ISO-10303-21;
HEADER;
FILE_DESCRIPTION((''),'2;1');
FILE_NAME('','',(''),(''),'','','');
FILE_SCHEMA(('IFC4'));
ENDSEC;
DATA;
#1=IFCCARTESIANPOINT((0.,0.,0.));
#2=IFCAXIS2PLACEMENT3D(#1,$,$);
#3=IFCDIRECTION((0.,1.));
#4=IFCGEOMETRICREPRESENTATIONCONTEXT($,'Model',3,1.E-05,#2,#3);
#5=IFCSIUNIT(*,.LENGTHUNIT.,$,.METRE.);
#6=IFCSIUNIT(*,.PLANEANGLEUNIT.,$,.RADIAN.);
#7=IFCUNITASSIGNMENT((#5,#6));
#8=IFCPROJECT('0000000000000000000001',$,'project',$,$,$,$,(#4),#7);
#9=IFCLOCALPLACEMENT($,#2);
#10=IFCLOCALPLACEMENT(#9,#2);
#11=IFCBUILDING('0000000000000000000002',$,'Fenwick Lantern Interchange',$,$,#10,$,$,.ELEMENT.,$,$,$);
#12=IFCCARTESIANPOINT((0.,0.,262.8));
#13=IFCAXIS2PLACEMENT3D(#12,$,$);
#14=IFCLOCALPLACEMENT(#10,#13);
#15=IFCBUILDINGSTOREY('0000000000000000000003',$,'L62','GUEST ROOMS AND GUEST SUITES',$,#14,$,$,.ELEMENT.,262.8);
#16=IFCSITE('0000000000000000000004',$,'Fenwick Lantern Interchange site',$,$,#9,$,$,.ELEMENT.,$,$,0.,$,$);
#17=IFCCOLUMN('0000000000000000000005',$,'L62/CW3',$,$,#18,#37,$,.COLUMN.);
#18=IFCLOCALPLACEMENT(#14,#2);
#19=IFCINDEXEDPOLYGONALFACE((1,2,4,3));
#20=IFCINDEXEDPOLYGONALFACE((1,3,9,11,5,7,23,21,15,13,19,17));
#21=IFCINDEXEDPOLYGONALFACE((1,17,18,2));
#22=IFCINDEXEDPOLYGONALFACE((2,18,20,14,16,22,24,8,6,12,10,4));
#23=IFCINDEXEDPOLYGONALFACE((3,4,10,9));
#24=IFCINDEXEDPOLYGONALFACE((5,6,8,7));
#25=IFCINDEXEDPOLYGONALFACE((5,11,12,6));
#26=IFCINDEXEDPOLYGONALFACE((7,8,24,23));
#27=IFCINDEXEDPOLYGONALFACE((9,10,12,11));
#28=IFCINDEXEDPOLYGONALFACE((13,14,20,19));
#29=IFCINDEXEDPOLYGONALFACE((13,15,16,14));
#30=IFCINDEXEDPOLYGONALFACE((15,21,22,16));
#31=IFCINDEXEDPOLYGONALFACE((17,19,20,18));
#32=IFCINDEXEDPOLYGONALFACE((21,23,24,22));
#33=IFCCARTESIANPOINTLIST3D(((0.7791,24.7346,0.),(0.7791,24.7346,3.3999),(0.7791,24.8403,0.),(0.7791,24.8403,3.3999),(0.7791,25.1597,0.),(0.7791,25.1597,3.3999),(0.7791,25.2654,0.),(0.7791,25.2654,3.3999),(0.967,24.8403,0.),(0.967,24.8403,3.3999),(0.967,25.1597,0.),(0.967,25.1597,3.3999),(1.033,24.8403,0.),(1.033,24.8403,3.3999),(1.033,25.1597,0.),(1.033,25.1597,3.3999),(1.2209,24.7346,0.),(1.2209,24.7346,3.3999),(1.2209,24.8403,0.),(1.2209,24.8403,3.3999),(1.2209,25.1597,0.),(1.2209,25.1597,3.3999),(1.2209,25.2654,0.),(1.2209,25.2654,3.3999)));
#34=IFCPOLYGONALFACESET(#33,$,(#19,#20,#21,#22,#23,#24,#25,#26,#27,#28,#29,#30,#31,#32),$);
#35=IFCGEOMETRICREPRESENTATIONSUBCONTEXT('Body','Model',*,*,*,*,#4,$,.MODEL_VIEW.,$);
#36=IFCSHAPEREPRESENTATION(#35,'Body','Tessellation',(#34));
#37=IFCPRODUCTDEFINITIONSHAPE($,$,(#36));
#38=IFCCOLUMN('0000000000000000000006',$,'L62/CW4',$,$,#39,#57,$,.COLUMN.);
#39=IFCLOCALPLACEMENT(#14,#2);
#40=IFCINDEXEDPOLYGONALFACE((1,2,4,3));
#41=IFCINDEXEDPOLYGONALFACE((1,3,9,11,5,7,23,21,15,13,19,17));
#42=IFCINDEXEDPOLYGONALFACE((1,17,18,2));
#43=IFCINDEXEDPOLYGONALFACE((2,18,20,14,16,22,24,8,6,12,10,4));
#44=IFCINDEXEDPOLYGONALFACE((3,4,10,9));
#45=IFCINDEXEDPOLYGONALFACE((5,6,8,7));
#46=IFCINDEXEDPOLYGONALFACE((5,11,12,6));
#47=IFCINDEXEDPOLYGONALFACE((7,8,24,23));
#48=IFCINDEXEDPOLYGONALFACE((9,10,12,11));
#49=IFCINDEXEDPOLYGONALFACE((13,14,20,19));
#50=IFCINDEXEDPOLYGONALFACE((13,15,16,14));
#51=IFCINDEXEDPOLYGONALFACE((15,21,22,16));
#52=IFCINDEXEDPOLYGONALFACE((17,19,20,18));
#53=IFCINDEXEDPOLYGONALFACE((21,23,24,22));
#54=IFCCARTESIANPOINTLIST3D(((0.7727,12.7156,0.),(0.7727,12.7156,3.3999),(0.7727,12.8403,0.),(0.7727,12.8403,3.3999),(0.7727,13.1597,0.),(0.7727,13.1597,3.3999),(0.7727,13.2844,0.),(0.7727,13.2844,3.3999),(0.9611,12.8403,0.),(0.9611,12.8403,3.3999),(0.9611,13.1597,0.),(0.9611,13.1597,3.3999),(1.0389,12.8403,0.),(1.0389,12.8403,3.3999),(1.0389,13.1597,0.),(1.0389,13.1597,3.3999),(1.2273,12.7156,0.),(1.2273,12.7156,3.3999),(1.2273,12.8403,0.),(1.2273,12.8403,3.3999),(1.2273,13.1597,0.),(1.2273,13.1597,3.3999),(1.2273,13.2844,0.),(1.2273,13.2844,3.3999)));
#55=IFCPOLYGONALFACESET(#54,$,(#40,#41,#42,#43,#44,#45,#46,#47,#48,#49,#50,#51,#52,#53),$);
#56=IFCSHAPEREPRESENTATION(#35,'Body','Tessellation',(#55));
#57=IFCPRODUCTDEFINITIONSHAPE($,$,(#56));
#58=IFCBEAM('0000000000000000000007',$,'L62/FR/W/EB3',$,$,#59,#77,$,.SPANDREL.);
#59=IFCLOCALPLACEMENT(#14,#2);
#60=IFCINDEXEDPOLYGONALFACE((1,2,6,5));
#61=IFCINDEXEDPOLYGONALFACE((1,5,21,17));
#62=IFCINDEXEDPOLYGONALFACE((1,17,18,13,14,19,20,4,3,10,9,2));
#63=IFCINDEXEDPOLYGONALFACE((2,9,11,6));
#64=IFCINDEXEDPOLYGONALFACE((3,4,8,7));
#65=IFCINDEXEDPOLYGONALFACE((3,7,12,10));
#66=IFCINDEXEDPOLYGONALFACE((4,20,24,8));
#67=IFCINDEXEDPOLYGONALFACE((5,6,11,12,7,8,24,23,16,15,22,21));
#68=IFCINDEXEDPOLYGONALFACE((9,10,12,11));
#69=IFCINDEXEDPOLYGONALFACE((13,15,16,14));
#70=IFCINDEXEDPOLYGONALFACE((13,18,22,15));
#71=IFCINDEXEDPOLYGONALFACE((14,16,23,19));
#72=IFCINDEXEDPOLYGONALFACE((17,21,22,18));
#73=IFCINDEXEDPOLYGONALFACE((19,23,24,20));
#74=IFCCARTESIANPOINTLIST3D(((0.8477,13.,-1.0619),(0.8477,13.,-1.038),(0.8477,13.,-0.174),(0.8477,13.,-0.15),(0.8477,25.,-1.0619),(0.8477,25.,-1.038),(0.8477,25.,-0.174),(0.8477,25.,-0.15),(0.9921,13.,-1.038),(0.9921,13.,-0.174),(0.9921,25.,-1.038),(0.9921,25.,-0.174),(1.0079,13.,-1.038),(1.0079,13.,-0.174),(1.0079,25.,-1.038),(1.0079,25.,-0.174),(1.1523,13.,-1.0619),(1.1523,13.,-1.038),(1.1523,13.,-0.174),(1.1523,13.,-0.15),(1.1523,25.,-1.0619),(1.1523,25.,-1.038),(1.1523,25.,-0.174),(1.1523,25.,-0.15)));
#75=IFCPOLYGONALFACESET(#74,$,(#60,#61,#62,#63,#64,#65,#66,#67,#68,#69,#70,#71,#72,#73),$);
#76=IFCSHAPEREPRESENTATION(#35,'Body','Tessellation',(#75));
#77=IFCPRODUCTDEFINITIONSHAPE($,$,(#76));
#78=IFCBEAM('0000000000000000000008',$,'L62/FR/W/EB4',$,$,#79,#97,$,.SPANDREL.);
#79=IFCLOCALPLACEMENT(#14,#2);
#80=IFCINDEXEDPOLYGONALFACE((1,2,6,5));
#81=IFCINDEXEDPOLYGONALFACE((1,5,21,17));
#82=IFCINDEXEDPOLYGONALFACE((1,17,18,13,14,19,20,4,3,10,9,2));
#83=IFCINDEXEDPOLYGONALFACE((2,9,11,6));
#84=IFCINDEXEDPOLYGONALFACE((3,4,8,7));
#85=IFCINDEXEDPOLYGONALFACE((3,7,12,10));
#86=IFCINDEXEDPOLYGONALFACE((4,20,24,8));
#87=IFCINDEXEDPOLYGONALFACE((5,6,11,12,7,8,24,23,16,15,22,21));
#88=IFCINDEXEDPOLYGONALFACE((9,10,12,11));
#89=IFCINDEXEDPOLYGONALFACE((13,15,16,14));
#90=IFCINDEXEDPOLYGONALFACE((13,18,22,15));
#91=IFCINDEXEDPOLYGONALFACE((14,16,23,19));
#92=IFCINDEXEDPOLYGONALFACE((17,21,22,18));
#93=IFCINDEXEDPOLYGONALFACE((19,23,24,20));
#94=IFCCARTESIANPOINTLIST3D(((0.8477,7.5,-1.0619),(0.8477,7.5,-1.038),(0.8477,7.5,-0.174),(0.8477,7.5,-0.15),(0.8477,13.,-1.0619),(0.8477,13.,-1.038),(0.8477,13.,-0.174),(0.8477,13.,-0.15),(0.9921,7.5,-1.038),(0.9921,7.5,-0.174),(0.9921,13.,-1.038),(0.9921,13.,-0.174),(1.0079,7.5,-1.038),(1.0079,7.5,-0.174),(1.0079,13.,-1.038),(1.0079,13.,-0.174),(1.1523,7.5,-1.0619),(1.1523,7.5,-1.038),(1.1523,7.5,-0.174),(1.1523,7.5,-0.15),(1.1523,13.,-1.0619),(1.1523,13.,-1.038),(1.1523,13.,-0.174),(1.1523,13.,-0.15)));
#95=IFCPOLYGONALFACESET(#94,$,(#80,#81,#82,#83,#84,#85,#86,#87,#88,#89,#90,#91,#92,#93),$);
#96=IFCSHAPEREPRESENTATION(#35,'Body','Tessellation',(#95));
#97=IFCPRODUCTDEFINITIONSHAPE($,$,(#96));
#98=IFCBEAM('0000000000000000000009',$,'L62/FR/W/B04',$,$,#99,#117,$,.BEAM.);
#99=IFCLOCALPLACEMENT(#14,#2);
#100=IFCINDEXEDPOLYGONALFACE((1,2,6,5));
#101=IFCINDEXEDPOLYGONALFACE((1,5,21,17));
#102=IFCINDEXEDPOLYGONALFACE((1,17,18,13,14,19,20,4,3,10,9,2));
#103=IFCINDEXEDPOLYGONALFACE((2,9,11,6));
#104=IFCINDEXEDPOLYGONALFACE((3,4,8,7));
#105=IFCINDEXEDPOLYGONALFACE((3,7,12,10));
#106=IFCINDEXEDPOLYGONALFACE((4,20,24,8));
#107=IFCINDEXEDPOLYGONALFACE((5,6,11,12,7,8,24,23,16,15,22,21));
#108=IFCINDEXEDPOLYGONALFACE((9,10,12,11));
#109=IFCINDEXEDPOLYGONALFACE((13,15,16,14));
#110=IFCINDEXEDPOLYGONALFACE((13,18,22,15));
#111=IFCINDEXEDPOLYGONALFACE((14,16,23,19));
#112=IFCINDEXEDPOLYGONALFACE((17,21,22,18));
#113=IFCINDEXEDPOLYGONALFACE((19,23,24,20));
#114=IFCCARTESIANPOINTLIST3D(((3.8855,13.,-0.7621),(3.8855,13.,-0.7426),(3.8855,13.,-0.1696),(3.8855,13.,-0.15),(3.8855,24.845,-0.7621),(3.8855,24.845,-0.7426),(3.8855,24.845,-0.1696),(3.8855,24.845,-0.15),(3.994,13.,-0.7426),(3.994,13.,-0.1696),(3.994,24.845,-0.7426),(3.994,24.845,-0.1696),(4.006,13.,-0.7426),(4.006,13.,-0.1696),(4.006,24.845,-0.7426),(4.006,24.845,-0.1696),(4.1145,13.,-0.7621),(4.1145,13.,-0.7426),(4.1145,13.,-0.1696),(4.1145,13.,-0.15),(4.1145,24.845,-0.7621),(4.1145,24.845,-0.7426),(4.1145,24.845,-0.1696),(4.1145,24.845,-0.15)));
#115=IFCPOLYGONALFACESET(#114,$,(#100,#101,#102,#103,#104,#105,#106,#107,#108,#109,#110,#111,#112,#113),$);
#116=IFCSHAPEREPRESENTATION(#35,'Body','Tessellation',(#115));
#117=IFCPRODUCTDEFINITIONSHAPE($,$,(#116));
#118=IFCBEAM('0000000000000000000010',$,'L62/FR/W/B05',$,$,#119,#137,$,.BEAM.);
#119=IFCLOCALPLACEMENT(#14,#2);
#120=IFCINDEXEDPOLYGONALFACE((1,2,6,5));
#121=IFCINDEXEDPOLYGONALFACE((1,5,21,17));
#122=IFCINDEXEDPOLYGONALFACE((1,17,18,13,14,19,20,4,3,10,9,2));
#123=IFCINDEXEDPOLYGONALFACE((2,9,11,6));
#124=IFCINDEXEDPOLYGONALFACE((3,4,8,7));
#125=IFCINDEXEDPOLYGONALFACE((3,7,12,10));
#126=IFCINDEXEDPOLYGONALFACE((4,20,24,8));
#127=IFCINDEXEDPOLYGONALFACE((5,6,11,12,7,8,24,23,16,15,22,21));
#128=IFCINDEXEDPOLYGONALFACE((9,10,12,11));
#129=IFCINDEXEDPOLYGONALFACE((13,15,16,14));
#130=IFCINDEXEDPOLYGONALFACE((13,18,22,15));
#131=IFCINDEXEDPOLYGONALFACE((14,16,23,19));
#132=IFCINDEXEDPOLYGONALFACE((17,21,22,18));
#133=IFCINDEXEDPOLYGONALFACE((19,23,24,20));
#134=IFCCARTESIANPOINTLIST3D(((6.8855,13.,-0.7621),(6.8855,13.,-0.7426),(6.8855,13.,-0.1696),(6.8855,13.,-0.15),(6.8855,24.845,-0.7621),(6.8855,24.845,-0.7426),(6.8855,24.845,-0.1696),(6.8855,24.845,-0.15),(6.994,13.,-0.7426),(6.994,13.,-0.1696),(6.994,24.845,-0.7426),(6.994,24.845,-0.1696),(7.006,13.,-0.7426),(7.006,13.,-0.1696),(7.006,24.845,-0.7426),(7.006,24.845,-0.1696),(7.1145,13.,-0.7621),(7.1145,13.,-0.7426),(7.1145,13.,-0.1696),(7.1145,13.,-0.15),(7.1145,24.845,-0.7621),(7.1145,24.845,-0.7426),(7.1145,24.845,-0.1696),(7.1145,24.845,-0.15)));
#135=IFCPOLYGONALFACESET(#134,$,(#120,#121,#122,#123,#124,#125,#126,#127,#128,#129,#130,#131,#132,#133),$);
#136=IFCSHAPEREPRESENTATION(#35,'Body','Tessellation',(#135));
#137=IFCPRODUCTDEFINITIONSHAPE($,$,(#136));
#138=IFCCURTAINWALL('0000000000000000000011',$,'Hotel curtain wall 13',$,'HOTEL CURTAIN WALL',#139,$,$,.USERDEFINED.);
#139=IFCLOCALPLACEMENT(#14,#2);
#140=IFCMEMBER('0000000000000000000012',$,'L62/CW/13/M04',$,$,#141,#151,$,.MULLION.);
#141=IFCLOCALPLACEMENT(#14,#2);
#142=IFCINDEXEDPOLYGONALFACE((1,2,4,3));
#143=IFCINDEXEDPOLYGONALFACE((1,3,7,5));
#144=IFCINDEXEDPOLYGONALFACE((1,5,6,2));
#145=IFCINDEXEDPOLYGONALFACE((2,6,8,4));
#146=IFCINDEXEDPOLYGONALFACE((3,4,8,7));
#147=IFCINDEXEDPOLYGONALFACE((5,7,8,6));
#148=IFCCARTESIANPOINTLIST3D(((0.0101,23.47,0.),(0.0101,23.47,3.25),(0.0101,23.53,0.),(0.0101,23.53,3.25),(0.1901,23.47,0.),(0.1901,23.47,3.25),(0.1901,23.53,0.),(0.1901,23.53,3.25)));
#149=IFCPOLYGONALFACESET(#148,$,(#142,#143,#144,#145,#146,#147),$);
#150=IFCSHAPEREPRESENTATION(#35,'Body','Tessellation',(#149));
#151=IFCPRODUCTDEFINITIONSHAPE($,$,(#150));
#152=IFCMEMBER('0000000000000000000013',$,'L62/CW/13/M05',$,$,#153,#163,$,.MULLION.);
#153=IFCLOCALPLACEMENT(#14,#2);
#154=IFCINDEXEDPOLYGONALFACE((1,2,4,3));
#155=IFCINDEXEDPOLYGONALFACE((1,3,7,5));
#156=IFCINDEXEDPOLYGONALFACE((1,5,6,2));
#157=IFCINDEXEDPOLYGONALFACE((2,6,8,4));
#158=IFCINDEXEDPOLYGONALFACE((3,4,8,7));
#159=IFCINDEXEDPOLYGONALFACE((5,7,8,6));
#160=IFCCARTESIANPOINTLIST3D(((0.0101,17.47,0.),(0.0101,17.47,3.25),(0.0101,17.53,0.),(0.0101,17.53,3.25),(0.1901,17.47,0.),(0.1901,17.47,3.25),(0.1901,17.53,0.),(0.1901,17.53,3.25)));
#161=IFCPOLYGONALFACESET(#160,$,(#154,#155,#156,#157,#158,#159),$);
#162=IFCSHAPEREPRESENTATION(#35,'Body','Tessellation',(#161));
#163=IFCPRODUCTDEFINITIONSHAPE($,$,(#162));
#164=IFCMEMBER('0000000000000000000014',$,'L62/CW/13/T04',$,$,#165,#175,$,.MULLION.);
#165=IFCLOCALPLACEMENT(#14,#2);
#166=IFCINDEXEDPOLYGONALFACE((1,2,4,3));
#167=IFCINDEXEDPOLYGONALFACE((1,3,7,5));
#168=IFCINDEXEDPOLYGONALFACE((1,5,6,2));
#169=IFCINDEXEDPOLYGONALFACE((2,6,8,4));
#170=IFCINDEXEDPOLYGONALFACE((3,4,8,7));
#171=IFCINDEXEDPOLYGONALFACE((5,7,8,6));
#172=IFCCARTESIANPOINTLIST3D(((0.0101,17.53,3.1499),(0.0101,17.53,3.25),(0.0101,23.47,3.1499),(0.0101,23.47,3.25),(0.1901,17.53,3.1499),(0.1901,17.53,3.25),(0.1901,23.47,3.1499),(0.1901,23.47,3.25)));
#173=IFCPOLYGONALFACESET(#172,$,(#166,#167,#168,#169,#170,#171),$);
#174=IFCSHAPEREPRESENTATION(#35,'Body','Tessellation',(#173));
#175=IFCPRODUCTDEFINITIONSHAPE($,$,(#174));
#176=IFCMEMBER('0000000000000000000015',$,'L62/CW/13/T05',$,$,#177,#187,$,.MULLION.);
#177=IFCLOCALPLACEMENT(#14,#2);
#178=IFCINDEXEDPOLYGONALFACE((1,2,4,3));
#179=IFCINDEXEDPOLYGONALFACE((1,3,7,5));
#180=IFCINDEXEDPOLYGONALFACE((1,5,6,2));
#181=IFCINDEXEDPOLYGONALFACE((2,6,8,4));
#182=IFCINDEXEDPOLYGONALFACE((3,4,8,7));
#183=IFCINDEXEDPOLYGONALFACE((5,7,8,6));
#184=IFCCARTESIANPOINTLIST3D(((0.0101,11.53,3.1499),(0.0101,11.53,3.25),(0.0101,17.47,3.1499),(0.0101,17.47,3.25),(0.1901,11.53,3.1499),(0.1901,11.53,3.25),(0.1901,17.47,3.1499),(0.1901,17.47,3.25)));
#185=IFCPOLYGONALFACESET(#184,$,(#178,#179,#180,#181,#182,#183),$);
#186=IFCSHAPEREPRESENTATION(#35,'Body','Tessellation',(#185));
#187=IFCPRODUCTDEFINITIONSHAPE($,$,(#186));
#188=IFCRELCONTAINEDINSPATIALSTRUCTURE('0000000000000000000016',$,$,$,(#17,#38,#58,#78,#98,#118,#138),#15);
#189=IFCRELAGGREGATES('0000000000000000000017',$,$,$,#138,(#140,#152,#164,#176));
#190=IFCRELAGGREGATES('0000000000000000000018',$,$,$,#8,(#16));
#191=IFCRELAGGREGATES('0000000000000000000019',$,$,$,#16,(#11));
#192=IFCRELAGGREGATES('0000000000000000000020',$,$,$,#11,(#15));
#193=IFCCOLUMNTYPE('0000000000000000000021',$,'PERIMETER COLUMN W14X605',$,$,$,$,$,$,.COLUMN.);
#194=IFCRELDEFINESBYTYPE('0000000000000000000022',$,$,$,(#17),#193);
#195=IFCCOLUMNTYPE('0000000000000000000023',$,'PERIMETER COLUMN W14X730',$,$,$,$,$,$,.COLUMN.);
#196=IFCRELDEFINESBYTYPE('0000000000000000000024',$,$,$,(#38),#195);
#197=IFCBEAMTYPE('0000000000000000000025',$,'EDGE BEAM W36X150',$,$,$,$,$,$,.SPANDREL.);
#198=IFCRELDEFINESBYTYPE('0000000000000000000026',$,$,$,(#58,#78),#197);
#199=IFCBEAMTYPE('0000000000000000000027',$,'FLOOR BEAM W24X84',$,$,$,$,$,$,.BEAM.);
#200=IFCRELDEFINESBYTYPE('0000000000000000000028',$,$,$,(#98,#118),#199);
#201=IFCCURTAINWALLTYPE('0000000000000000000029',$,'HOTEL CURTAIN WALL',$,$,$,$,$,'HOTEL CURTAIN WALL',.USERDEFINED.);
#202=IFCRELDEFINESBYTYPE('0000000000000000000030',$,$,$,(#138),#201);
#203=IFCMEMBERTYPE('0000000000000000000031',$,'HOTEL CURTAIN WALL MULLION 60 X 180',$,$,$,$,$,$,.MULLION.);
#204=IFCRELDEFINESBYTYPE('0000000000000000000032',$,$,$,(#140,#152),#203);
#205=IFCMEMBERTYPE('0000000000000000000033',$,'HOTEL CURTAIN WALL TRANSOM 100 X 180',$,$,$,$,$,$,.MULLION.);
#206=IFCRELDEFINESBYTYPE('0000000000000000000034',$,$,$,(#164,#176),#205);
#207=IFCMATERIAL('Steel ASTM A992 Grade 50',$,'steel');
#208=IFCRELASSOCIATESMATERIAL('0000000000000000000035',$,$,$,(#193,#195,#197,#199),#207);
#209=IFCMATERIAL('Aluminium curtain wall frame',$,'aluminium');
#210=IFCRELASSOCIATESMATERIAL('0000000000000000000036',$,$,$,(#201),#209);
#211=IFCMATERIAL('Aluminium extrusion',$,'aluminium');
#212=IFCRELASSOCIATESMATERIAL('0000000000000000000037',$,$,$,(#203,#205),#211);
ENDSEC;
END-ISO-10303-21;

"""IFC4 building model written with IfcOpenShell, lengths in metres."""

from ifc_helpers import new_model, si_unit, direction, frame, origin, origin_2d, place, context, subcontext, project, spatial, rectangle, i_section, extrude, material, material_profile, profile_set, type_object, element, aggregate, save


model = new_model("IFC4")

# Units and contexts
model_context = context("Model", 3, precision=1e-05, world=origin(), true_north=direction((0.0, 1.0)))
body_context = subcontext(model_context, "Body", "Model", "MODEL_VIEW")
ifc_project = project(units=[si_unit("LENGTHUNIT", "METRE"), si_unit("PLANEANGLEUNIT", "RADIAN")], contexts=[model_context])

# Site, building, storey
site_placement = place(None, origin())
site = spatial("IfcSite", under=ifc_project, at=site_placement, Name="Fenwick Lantern Interchange site", CompositionType="ELEMENT", RefElevation=0.0)
building_placement = place(site_placement, origin())
building = spatial("IfcBuilding", under=site, at=building_placement, Name="Fenwick Lantern Interchange", CompositionType="ELEMENT")
storey_placement = place(building_placement, frame((0.0, 0.0, 262.8)))
storey = spatial("IfcBuildingStorey", under=building, at=storey_placement, Name="L62", Description="GUEST ROOMS AND GUEST SUITES", CompositionType="ELEMENT", Elevation=262.8)

# Columns
ifc_material_1 = material(Name="Steel ASTM A992 Grade 50", Category="steel")
ifc_material_profile_1 = material_profile(ifc_material_1, i_section(OverallWidth=0.4419, OverallDepth=0.5308, WebThickness=0.0659, FlangeThickness=0.1057, at=origin_2d()), Name="W14X605")
ifc_profile_set_1 = profile_set([ifc_material_profile_1], Name="Steel ASTM A992 Grade 50")
column_type_1 = type_object("IfcColumnType", Name="PERIMETER COLUMN W14X605", PredefinedType="COLUMN", material=ifc_profile_set_1)
column_1_placement = place(storey_placement, frame((1.0, 25.0, 0.0), z_axis=(0.0, 0.0, 1.0), x_axis=(1.0, 0.0, 0.0)))
element("IfcColumn", 1, at=column_1_placement, inside=storey, type_object=column_type_1, Name="L62/CW3", PredefinedType="COLUMN", context=body_context, shape_type="SweptSolid", body=[
    extrude(i_section(OverallWidth=0.4419, OverallDepth=0.5308, WebThickness=0.0659, FlangeThickness=0.1057, at=origin_2d()), origin(), (0.0, 0.0, 1.0), 3.3999),
])
ifc_material_profile_2 = material_profile(ifc_material_1, i_section(OverallWidth=0.4546, OverallDepth=0.5688, WebThickness=0.0779, FlangeThickness=0.1248, at=origin_2d()), Name="W14X730")
ifc_profile_set_2 = profile_set([ifc_material_profile_2], Name="Steel ASTM A992 Grade 50")
column_type_2 = type_object("IfcColumnType", Name="PERIMETER COLUMN W14X730", PredefinedType="COLUMN", material=ifc_profile_set_2)
column_2_placement = place(storey_placement, frame((1.0, 13.0, 0.0), z_axis=(0.0, 0.0, 1.0), x_axis=(1.0, 0.0, 0.0)))
element("IfcColumn", 2, at=column_2_placement, inside=storey, type_object=column_type_2, Name="L62/CW4", PredefinedType="COLUMN", context=body_context, shape_type="SweptSolid", body=[
    extrude(i_section(OverallWidth=0.4546, OverallDepth=0.5688, WebThickness=0.0779, FlangeThickness=0.1248, at=origin_2d()), origin(), (0.0, 0.0, 1.0), 3.3999),
])

# Beams
ifc_material_profile_3 = material_profile(ifc_material_1, i_section(OverallWidth=0.3047, OverallDepth=0.9119, WebThickness=0.0159, FlangeThickness=0.0239, at=origin_2d()), Name="W36X150")
ifc_profile_set_3 = profile_set([ifc_material_profile_3], Name="Steel ASTM A992 Grade 50")
beam_type_1 = type_object("IfcBeamType", Name="EDGE BEAM W36X150", PredefinedType="SPANDREL", material=ifc_profile_set_3)
beam_1_placement = place(storey_placement, frame((1.0, 25.0, -0.606), z_axis=(0.0, -1.0, 0.0), x_axis=(1.0, 0.0, 0.0)))
element("IfcBeam", 3, at=beam_1_placement, inside=storey, type_object=beam_type_1, Name="L62/FR/W/EB3", PredefinedType="SPANDREL", context=body_context, shape_type="SweptSolid", body=[
    extrude(i_section(OverallWidth=0.3047, OverallDepth=0.9119, WebThickness=0.0159, FlangeThickness=0.0239, at=origin_2d()), origin(), (0.0, 0.0, 1.0), 12.0),
])
beam_2_placement = place(storey_placement, frame((1.0, 13.0, -0.606), z_axis=(0.0, -1.0, 0.0), x_axis=(1.0, 0.0, 0.0)))
element("IfcBeam", 4, at=beam_2_placement, inside=storey, type_object=beam_type_1, Name="L62/FR/W/EB4", PredefinedType="SPANDREL", context=body_context, shape_type="SweptSolid", body=[
    extrude(i_section(OverallWidth=0.3047, OverallDepth=0.9119, WebThickness=0.0159, FlangeThickness=0.0239, at=origin_2d()), origin(), (0.0, 0.0, 1.0), 5.5),
])
ifc_material_profile_4 = material_profile(ifc_material_1, i_section(OverallWidth=0.229, OverallDepth=0.6121, WebThickness=0.012, FlangeThickness=0.0195, at=origin_2d()), Name="W24X84")
ifc_profile_set_4 = profile_set([ifc_material_profile_4], Name="Steel ASTM A992 Grade 50")
beam_type_2 = type_object("IfcBeamType", Name="FLOOR BEAM W24X84", PredefinedType="BEAM", material=ifc_profile_set_4)
for number, where, z_axis, x_axis, name in (
    (5, (4.0, 24.845, -0.4561), (0.0, -1.0, 0.0), (1.0, 0.0, 0.0), "L62/FR/W/B04"),
    (6, (7.0, 24.845, -0.4561), (0.0, -1.0, 0.0), (1.0, 0.0, 0.0), "L62/FR/W/B05"),
):
    element("IfcBeam", number, at=place(storey_placement, frame(where, z_axis=z_axis, x_axis=x_axis)), inside=storey, type_object=beam_type_2, Name=name, PredefinedType="BEAM", context=body_context, shape_type="SweptSolid", body=[
        extrude(i_section(OverallWidth=0.229, OverallDepth=0.6121, WebThickness=0.012, FlangeThickness=0.0195, at=origin_2d()), origin(), (0.0, 0.0, 1.0), 11.845),
    ])

# Curtain wall, members
ifc_material_2 = material(Name="Aluminium curtain wall frame", Category="aluminium")
curtain_wall_type = type_object("IfcCurtainWallType", Name="HOTEL CURTAIN WALL", ElementType="HOTEL CURTAIN WALL", PredefinedType="USERDEFINED", material=ifc_material_2)
curtain_wall_placement = place(storey_placement, origin())
curtain_wall = element("IfcCurtainWall", 7, at=curtain_wall_placement, inside=storey, type_object=curtain_wall_type, Name="Hotel curtain wall 13", ObjectType="HOTEL CURTAIN WALL", PredefinedType="USERDEFINED")
ifc_material_3 = material(Name="Aluminium extrusion", Category="aluminium")
ifc_material_profile_5 = material_profile(ifc_material_3, rectangle(XDim=0.1799, YDim=0.0601, at=origin_2d()), Name="HOTEL CURTAIN WALL MULLION 60 X 180")
ifc_profile_set_5 = profile_set([ifc_material_profile_5], Name="Aluminium extrusion")
member_type_1 = type_object("IfcMemberType", Name="HOTEL CURTAIN WALL MULLION 60 X 180", PredefinedType="MULLION", material=ifc_profile_set_5)
member_1_placement = place(storey_placement, frame((0.1001, 23.5, 0.0), z_axis=(0.0, 0.0, 1.0), x_axis=(1.0, 0.0, 0.0)))
member_1 = element("IfcMember", 8, at=member_1_placement, type_object=member_type_1, Name="L62/CW/13/M04", PredefinedType="MULLION", context=body_context, shape_type="SweptSolid", body=[
    extrude(rectangle(XDim=0.1799, YDim=0.0601, at=origin_2d()), origin(), (0.0, 0.0, 1.0), 3.25),
])
member_2_placement = place(storey_placement, frame((0.1001, 17.5, 0.0), z_axis=(0.0, 0.0, 1.0), x_axis=(1.0, 0.0, 0.0)))
member_2 = element("IfcMember", 9, at=member_2_placement, type_object=member_type_1, Name="L62/CW/13/M05", PredefinedType="MULLION", context=body_context, shape_type="SweptSolid", body=[
    extrude(rectangle(XDim=0.1799, YDim=0.0601, at=origin_2d()), origin(), (0.0, 0.0, 1.0), 3.25),
])
ifc_material_profile_6 = material_profile(ifc_material_3, rectangle(XDim=0.1799, YDim=0.1001, at=origin_2d()), Name="HOTEL CURTAIN WALL TRANSOM 100 X 180")
ifc_profile_set_6 = profile_set([ifc_material_profile_6], Name="Aluminium extrusion")
member_type_2 = type_object("IfcMemberType", Name="HOTEL CURTAIN WALL TRANSOM 100 X 180", PredefinedType="MULLION", material=ifc_profile_set_6)
member_3_placement = place(storey_placement, frame((0.1001, 23.47, 3.2), z_axis=(0.0, -1.0, 0.0), x_axis=(1.0, 0.0, 0.0)))
member_3 = element("IfcMember", 10, at=member_3_placement, type_object=member_type_2, Name="L62/CW/13/T04", PredefinedType="MULLION", context=body_context, shape_type="SweptSolid", body=[
    extrude(rectangle(XDim=0.1799, YDim=0.1001, at=origin_2d()), origin(), (0.0, 0.0, 1.0), 5.9399),
])
member_4_placement = place(storey_placement, frame((0.1001, 17.47, 3.2), z_axis=(0.0, -1.0, 0.0), x_axis=(1.0, 0.0, 0.0)))
member_4 = element("IfcMember", 11, at=member_4_placement, type_object=member_type_2, Name="L62/CW/13/T05", PredefinedType="MULLION", context=body_context, shape_type="SweptSolid", body=[
    extrude(rectangle(XDim=0.1799, YDim=0.1001, at=origin_2d()), origin(), (0.0, 0.0, 1.0), 5.9399),
])
aggregate(curtain_wall, [member_1, member_2, member_3, member_4])

save(model, "model.ifc")
